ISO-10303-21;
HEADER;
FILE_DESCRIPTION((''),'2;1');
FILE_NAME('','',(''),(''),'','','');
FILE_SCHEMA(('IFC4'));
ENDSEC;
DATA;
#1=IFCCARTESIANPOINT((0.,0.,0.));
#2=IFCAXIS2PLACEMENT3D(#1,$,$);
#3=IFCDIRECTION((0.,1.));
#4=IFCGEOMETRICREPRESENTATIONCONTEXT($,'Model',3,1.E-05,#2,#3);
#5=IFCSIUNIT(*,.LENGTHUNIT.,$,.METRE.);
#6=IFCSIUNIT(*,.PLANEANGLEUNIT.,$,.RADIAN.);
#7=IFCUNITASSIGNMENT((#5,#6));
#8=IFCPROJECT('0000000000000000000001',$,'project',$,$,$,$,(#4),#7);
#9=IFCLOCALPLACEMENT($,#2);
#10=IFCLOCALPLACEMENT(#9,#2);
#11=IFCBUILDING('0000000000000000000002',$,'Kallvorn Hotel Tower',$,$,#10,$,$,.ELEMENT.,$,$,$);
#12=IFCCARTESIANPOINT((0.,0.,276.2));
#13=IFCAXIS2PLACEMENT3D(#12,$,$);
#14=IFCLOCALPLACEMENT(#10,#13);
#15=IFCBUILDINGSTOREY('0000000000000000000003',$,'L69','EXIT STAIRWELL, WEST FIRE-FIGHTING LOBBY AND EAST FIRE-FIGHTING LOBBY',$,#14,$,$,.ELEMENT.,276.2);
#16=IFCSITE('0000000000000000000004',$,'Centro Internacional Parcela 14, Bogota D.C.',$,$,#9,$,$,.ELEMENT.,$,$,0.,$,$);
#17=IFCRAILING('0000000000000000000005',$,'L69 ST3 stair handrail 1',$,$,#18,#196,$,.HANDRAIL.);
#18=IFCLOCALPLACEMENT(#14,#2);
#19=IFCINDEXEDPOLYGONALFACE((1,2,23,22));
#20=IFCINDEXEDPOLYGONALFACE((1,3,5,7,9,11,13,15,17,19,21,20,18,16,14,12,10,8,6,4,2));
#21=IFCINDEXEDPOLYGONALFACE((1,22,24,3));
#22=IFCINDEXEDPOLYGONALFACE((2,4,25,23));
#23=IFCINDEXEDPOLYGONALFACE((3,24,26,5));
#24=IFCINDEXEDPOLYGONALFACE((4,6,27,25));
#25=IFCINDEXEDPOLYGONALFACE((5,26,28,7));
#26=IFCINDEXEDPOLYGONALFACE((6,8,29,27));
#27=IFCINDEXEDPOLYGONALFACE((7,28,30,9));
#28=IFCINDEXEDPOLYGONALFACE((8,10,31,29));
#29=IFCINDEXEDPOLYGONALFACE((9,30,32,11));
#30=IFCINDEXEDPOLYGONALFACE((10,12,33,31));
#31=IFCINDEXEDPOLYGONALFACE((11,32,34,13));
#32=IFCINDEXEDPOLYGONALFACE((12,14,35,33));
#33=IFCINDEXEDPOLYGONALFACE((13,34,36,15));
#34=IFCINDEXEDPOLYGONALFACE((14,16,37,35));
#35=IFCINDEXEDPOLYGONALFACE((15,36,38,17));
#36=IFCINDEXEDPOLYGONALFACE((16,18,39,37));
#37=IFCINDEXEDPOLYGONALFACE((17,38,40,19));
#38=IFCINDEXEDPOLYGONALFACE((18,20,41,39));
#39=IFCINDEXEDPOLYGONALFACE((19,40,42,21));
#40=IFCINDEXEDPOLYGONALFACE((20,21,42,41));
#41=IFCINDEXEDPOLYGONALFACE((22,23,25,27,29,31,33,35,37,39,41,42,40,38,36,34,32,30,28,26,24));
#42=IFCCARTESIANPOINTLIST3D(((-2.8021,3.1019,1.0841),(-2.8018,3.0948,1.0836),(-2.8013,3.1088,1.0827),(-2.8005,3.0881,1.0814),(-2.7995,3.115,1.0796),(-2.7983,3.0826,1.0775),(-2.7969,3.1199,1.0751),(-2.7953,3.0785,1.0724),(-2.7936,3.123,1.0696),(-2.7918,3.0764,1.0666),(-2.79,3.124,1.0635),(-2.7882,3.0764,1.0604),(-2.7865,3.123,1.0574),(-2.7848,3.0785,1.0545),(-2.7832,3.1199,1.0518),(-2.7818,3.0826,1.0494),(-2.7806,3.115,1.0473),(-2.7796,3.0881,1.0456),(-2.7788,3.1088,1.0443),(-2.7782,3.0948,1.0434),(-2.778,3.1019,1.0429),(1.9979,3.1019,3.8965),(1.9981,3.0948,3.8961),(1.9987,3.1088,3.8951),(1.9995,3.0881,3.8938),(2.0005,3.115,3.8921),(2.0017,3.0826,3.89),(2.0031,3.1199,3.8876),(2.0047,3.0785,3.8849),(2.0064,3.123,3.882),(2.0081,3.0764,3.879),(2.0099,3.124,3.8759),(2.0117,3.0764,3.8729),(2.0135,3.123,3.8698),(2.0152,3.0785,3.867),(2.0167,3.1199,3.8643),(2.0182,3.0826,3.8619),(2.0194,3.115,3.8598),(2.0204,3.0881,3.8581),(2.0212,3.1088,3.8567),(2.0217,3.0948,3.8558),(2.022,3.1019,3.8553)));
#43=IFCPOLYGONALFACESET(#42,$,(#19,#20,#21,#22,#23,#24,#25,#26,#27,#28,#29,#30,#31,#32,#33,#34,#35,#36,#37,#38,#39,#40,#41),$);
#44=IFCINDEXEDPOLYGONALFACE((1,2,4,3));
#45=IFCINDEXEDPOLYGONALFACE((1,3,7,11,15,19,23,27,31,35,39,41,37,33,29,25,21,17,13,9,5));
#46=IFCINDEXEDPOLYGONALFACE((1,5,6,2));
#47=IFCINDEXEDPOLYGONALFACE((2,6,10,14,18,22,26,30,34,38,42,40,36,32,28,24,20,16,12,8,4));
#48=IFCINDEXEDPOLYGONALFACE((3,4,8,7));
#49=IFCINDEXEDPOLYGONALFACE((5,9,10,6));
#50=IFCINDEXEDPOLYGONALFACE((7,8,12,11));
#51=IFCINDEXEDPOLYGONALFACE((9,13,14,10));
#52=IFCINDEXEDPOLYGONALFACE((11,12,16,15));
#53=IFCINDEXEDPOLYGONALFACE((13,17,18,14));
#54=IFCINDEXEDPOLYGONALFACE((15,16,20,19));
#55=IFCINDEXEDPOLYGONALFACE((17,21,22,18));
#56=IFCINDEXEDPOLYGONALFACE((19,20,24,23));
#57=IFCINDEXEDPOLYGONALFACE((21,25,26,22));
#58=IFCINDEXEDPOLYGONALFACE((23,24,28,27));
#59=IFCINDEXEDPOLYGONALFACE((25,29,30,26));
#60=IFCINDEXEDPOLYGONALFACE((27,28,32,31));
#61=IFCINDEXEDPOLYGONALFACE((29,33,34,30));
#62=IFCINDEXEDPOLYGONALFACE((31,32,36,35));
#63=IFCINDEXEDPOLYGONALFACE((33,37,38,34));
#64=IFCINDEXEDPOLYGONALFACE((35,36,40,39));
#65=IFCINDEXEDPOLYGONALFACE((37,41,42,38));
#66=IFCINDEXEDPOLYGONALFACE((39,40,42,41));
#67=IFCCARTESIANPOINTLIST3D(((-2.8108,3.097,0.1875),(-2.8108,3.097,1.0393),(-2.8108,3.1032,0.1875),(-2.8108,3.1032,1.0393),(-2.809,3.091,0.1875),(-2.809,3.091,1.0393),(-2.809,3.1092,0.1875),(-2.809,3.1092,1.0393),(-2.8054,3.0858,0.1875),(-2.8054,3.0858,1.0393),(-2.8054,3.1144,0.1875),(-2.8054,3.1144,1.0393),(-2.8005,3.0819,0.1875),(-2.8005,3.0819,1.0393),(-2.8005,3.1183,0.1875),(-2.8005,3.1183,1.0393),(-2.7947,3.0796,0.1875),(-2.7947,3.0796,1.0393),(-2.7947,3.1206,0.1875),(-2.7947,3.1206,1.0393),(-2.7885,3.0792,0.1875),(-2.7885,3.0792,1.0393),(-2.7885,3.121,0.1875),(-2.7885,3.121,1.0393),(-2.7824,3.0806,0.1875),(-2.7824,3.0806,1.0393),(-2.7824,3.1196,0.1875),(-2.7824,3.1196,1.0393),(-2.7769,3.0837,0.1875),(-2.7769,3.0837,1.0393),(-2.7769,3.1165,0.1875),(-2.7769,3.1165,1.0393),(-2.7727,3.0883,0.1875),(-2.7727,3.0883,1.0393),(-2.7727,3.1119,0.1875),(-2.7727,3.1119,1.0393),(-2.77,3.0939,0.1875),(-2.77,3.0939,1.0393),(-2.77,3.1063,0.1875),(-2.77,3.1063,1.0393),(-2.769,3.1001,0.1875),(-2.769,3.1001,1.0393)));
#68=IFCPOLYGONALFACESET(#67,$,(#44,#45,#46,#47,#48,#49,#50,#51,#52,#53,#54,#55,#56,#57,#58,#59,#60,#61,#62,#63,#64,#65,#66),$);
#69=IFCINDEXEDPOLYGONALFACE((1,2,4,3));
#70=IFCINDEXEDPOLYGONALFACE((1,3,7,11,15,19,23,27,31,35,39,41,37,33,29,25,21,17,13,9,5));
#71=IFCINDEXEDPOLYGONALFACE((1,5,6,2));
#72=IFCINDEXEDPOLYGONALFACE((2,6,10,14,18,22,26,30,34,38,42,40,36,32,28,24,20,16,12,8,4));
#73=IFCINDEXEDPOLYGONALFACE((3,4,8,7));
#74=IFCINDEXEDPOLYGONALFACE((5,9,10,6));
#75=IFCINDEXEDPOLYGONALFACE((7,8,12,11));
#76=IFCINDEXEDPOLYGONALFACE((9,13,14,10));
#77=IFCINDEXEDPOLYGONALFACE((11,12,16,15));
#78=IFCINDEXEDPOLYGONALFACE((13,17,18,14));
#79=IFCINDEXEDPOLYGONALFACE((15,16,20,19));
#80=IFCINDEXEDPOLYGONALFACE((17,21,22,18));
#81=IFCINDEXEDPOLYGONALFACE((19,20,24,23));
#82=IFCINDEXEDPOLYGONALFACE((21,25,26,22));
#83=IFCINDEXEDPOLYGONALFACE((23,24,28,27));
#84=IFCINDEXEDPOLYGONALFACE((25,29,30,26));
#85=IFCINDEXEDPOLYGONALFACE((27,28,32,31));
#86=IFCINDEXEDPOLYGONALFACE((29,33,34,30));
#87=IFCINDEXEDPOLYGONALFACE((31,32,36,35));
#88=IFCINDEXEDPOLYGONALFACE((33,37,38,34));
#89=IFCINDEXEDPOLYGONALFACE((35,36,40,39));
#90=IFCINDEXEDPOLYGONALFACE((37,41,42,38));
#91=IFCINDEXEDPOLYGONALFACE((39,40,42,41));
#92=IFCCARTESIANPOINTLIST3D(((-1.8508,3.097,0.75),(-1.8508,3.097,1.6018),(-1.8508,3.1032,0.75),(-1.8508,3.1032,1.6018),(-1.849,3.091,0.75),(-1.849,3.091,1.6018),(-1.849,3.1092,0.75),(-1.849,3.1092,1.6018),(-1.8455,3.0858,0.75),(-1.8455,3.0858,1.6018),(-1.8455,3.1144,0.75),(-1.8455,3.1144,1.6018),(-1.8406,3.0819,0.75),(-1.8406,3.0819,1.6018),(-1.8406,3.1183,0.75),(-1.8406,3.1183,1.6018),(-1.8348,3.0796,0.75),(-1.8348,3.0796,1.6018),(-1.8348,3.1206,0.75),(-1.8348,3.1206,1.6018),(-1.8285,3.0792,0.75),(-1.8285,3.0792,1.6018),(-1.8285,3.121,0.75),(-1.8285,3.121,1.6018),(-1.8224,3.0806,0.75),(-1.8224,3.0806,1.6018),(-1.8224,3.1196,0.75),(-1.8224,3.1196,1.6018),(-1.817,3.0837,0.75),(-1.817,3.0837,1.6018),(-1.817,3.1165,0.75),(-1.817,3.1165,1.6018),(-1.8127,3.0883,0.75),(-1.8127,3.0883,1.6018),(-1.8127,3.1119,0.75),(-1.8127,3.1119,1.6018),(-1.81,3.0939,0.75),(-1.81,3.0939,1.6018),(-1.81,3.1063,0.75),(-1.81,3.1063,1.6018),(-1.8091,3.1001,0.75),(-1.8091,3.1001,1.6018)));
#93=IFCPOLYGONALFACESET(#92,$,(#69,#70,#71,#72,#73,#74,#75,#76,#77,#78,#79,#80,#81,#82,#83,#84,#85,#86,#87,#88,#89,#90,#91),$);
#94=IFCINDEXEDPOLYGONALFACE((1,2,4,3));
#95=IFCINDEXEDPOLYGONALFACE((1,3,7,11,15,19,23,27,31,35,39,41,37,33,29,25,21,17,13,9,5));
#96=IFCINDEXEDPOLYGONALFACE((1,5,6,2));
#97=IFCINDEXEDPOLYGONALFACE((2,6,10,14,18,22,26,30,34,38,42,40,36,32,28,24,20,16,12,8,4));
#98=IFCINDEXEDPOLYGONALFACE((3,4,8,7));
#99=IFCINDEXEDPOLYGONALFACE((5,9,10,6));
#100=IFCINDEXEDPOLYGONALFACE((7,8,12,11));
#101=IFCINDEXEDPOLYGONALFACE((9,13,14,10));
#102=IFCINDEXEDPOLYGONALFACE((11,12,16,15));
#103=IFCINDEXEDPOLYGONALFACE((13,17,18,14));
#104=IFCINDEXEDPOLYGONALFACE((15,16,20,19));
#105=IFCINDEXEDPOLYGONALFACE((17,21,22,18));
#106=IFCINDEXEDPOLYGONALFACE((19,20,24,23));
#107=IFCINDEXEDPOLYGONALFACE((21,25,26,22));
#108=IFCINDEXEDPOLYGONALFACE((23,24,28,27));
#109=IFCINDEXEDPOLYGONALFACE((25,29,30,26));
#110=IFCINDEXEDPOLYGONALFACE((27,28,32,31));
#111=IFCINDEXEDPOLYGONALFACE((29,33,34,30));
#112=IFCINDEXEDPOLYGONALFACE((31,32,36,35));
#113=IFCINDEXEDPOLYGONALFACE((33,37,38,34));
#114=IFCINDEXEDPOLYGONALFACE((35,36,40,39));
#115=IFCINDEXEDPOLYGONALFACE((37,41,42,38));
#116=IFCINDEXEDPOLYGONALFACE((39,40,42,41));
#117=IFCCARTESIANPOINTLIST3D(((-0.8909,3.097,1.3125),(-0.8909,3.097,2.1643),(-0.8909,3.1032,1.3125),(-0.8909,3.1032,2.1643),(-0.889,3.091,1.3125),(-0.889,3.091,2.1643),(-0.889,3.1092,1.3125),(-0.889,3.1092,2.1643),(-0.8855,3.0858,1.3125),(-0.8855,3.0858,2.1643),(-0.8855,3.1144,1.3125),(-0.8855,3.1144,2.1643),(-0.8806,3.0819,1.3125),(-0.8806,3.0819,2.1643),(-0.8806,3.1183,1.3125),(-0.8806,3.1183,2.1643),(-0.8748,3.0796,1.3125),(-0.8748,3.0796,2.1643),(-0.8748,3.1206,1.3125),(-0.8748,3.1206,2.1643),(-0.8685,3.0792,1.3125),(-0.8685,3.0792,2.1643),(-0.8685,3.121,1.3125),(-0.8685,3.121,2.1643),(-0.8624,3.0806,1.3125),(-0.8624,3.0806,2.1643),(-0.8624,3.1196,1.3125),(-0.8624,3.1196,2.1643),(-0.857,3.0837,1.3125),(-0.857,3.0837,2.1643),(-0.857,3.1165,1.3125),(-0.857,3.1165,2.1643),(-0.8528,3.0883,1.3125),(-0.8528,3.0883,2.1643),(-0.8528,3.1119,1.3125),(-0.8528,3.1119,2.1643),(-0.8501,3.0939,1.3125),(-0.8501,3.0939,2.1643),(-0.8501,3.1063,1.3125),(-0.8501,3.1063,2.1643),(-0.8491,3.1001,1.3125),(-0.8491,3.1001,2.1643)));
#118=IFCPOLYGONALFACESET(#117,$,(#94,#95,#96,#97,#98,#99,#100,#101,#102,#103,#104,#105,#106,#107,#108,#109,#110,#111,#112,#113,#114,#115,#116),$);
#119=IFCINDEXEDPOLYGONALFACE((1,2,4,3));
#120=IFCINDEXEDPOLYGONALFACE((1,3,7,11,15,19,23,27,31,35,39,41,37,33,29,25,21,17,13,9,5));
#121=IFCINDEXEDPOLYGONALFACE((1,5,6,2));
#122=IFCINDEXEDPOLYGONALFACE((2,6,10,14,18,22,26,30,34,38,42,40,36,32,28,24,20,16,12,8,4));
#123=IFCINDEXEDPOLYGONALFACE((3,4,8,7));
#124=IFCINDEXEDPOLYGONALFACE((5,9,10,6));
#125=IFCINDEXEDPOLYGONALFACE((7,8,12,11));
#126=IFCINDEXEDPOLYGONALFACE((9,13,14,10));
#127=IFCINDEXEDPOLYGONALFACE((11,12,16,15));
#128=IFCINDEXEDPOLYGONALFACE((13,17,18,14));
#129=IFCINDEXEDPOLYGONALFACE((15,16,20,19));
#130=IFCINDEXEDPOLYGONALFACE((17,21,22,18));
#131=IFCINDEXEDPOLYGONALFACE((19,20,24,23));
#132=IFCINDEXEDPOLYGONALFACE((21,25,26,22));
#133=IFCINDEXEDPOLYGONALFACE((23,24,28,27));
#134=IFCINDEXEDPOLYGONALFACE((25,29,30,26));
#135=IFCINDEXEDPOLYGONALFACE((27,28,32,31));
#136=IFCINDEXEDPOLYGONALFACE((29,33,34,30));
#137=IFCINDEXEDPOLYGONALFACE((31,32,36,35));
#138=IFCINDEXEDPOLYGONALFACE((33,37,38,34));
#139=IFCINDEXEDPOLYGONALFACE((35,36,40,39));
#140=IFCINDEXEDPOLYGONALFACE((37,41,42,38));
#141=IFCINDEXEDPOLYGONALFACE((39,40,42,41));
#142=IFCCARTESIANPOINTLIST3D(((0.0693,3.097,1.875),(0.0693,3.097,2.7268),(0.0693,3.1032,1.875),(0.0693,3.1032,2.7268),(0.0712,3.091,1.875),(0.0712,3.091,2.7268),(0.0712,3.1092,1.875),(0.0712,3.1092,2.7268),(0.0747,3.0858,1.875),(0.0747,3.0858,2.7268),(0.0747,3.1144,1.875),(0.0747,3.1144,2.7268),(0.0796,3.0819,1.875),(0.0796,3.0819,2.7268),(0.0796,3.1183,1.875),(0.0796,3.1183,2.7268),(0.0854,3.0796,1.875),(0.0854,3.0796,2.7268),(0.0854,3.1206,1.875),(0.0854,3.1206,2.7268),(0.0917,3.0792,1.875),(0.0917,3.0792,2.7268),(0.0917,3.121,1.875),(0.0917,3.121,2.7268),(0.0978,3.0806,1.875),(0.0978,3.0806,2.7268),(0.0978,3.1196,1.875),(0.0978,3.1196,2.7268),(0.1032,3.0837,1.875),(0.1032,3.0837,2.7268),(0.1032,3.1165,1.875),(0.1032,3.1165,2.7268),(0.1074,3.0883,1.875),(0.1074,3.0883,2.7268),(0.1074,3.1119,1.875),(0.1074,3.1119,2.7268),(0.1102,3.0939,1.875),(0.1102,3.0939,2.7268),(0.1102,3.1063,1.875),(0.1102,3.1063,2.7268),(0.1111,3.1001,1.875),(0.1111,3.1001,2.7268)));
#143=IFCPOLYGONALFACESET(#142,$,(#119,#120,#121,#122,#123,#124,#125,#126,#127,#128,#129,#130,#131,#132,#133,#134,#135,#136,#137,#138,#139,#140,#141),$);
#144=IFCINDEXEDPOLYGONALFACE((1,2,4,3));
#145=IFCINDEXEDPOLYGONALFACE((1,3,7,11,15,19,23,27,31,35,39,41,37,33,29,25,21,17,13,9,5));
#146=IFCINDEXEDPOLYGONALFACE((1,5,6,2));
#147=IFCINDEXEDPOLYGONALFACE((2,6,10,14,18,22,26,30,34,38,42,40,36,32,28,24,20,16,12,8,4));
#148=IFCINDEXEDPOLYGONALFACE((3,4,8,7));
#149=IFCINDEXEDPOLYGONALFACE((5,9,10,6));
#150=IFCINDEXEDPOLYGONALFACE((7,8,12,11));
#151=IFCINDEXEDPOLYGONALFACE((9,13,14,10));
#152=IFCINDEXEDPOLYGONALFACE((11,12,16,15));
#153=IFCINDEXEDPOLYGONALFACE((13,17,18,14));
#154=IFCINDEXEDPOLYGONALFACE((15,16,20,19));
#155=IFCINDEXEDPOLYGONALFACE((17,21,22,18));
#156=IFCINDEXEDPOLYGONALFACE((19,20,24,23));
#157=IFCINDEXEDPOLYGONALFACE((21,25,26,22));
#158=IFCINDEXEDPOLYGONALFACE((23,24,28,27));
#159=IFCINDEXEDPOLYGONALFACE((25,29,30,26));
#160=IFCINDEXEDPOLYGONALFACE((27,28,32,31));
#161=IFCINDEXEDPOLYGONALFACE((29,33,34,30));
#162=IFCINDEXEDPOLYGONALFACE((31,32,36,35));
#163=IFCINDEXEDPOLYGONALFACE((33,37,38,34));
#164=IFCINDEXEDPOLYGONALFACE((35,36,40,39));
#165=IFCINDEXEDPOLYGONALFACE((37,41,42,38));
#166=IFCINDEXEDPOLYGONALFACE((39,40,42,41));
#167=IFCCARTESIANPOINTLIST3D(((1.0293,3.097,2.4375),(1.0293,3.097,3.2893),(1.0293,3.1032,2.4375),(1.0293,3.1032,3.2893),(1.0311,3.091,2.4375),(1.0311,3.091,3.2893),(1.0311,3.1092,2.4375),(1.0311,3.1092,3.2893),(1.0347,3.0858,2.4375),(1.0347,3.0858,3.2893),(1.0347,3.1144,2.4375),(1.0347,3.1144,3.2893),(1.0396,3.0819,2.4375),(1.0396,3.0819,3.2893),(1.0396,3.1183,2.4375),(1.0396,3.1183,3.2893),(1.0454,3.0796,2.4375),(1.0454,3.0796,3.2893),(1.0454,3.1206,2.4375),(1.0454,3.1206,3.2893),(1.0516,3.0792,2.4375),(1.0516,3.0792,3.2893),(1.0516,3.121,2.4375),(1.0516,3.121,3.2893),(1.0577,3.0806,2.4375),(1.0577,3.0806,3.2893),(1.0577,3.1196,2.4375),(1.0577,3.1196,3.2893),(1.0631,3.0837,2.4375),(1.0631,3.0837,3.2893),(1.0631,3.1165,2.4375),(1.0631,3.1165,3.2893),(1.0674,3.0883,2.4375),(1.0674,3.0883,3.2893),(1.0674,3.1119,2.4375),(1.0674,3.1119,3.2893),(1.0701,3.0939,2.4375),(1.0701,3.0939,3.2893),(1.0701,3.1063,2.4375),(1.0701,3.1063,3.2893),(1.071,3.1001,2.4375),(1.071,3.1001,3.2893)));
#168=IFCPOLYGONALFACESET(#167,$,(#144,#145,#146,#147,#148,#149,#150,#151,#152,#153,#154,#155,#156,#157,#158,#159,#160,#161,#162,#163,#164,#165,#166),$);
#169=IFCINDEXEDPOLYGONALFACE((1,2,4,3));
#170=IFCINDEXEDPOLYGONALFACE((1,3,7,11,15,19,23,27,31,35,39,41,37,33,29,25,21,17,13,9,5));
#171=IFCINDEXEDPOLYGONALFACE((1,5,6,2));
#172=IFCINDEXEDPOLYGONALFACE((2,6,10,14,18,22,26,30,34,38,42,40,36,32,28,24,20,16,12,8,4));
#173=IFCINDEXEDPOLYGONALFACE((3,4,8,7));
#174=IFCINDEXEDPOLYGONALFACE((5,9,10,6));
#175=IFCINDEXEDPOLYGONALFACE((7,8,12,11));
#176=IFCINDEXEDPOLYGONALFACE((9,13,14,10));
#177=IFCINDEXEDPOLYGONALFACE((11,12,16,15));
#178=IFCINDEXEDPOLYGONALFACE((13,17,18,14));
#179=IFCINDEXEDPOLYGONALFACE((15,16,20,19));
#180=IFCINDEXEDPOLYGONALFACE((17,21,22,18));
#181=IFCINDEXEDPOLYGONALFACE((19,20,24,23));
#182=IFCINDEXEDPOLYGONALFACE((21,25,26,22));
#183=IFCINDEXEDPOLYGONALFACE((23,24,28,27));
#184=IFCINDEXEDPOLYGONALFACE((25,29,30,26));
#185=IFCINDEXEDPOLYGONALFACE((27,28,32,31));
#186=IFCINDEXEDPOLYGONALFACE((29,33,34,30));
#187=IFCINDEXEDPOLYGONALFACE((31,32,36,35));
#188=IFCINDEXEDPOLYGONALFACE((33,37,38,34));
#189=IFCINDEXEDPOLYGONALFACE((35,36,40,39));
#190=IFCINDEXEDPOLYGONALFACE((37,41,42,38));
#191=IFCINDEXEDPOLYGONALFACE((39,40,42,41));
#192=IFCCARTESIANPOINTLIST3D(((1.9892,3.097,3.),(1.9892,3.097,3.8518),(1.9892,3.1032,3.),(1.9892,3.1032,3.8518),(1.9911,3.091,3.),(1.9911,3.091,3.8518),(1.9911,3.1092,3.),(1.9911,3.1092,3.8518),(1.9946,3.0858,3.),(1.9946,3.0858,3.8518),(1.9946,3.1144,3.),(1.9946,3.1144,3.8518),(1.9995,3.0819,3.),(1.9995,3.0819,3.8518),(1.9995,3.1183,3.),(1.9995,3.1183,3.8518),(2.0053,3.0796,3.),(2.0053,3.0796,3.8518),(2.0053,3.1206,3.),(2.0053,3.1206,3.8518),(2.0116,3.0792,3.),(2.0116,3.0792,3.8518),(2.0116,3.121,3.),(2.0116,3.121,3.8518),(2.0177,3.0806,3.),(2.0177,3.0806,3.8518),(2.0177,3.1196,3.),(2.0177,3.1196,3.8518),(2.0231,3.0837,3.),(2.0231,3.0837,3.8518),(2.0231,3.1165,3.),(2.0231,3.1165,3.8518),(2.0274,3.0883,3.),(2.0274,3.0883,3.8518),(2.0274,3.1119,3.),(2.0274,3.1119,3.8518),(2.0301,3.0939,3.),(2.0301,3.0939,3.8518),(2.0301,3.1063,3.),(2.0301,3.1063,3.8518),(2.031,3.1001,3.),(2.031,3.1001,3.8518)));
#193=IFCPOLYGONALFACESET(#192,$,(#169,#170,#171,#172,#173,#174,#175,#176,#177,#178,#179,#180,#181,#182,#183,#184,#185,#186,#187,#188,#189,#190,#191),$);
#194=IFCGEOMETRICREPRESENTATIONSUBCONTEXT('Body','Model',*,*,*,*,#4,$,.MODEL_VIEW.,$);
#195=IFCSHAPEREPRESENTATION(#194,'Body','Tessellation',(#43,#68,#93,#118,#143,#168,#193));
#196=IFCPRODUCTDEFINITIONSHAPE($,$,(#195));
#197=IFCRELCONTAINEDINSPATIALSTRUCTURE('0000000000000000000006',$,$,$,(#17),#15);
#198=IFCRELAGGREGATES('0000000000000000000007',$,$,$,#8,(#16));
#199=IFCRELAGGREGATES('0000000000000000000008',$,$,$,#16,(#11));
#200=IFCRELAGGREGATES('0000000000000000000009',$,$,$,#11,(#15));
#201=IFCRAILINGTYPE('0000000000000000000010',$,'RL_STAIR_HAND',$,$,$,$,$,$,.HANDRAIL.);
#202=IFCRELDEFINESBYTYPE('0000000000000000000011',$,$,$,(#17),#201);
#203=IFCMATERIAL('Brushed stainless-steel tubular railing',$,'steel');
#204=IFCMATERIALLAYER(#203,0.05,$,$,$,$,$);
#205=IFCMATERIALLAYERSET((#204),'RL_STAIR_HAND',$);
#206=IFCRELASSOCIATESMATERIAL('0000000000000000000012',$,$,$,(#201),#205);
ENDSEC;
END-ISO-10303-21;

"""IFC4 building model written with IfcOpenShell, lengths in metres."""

from ifc_helpers import new_model, si_unit, direction, frame, origin, origin_2d, place, context, subcontext, project, spatial, circle, extrude, material, layer, layer_set, type_object, element, save


model = new_model("IFC4")

# Units and contexts
model_context = context("Model", 3, precision=1e-05, world=origin(), true_north=direction((0.0, 1.0)))
body_context = subcontext(model_context, "Body", "Model", "MODEL_VIEW")
ifc_project = project(units=[si_unit("LENGTHUNIT", "METRE"), si_unit("PLANEANGLEUNIT", "RADIAN")], contexts=[model_context])

# Site, building, storey
site_placement = place(None, origin())
site = spatial("IfcSite", under=ifc_project, at=site_placement, Name="Centro Internacional Parcela 14, Bogota D.C.", CompositionType="ELEMENT", RefElevation=0.0)
building_placement = place(site_placement, origin())
building = spatial("IfcBuilding", under=site, at=building_placement, Name="Kallvorn Hotel Tower", CompositionType="ELEMENT")
storey_placement = place(building_placement, frame((0.0, 0.0, 276.2)))
storey = spatial("IfcBuildingStorey", under=building, at=storey_placement, Name="L69", Description="EXIT STAIRWELL, WEST FIRE-FIGHTING LOBBY AND EAST FIRE-FIGHTING LOBBY", CompositionType="ELEMENT", Elevation=276.2)

# Railing
ifc_material_1 = material(Name="Brushed stainless-steel tubular railing", Category="steel")
ifc_layer_1 = layer(ifc_material_1, 0.05)
ifc_layer_set_1 = layer_set([ifc_layer_1], Name="RL_STAIR_HAND")
railing_type_1 = type_object("IfcRailingType", Name="RL_STAIR_HAND", PredefinedType="HANDRAIL", material=ifc_layer_set_1)
railing_1_placement = place(storey_placement, frame((-2.79, 3.1001, 0.1875)))
element("IfcRailing", 1, at=railing_1_placement, inside=storey, type_object=railing_type_1, Name="L69 ST3 stair handrail 1", PredefinedType="HANDRAIL", context=body_context, shape_type="SweptSolid", body=[
    extrude(circle(Radius=0.0239, at=origin_2d()), frame((0.0, 0.0, 0.876), z_axis=(0.862802, 0.0, 0.505543), x_axis=(0.0, 1.0, 0.0)), (0.0, 0.0, 1.0), 5.5632),
    extrude(circle(Radius=0.021, at=origin_2d()), origin(), (0.0, 0.0, 1.0), 0.8518),
    extrude(circle(Radius=0.021, at=origin_2d()), frame((0.96, 0.0, 0.5625)), (0.0, 0.0, 1.0), 0.8518),
    extrude(circle(Radius=0.021, at=origin_2d()), frame((1.9199, 0.0, 1.125)), (0.0, 0.0, 1.0), 0.8518),
    extrude(circle(Radius=0.021, at=origin_2d()), frame((2.8801, 0.0, 1.6875)), (0.0, 0.0, 1.0), 0.8518),
    extrude(circle(Radius=0.021, at=origin_2d()), frame((3.8401, 0.0, 2.25)), (0.0, 0.0, 1.0), 0.8518),
    extrude(circle(Radius=0.021, at=origin_2d()), frame((4.8, 0.0, 2.8125)), (0.0, 0.0, 1.0), 0.8518),
])

save(model, "model.ifc")
